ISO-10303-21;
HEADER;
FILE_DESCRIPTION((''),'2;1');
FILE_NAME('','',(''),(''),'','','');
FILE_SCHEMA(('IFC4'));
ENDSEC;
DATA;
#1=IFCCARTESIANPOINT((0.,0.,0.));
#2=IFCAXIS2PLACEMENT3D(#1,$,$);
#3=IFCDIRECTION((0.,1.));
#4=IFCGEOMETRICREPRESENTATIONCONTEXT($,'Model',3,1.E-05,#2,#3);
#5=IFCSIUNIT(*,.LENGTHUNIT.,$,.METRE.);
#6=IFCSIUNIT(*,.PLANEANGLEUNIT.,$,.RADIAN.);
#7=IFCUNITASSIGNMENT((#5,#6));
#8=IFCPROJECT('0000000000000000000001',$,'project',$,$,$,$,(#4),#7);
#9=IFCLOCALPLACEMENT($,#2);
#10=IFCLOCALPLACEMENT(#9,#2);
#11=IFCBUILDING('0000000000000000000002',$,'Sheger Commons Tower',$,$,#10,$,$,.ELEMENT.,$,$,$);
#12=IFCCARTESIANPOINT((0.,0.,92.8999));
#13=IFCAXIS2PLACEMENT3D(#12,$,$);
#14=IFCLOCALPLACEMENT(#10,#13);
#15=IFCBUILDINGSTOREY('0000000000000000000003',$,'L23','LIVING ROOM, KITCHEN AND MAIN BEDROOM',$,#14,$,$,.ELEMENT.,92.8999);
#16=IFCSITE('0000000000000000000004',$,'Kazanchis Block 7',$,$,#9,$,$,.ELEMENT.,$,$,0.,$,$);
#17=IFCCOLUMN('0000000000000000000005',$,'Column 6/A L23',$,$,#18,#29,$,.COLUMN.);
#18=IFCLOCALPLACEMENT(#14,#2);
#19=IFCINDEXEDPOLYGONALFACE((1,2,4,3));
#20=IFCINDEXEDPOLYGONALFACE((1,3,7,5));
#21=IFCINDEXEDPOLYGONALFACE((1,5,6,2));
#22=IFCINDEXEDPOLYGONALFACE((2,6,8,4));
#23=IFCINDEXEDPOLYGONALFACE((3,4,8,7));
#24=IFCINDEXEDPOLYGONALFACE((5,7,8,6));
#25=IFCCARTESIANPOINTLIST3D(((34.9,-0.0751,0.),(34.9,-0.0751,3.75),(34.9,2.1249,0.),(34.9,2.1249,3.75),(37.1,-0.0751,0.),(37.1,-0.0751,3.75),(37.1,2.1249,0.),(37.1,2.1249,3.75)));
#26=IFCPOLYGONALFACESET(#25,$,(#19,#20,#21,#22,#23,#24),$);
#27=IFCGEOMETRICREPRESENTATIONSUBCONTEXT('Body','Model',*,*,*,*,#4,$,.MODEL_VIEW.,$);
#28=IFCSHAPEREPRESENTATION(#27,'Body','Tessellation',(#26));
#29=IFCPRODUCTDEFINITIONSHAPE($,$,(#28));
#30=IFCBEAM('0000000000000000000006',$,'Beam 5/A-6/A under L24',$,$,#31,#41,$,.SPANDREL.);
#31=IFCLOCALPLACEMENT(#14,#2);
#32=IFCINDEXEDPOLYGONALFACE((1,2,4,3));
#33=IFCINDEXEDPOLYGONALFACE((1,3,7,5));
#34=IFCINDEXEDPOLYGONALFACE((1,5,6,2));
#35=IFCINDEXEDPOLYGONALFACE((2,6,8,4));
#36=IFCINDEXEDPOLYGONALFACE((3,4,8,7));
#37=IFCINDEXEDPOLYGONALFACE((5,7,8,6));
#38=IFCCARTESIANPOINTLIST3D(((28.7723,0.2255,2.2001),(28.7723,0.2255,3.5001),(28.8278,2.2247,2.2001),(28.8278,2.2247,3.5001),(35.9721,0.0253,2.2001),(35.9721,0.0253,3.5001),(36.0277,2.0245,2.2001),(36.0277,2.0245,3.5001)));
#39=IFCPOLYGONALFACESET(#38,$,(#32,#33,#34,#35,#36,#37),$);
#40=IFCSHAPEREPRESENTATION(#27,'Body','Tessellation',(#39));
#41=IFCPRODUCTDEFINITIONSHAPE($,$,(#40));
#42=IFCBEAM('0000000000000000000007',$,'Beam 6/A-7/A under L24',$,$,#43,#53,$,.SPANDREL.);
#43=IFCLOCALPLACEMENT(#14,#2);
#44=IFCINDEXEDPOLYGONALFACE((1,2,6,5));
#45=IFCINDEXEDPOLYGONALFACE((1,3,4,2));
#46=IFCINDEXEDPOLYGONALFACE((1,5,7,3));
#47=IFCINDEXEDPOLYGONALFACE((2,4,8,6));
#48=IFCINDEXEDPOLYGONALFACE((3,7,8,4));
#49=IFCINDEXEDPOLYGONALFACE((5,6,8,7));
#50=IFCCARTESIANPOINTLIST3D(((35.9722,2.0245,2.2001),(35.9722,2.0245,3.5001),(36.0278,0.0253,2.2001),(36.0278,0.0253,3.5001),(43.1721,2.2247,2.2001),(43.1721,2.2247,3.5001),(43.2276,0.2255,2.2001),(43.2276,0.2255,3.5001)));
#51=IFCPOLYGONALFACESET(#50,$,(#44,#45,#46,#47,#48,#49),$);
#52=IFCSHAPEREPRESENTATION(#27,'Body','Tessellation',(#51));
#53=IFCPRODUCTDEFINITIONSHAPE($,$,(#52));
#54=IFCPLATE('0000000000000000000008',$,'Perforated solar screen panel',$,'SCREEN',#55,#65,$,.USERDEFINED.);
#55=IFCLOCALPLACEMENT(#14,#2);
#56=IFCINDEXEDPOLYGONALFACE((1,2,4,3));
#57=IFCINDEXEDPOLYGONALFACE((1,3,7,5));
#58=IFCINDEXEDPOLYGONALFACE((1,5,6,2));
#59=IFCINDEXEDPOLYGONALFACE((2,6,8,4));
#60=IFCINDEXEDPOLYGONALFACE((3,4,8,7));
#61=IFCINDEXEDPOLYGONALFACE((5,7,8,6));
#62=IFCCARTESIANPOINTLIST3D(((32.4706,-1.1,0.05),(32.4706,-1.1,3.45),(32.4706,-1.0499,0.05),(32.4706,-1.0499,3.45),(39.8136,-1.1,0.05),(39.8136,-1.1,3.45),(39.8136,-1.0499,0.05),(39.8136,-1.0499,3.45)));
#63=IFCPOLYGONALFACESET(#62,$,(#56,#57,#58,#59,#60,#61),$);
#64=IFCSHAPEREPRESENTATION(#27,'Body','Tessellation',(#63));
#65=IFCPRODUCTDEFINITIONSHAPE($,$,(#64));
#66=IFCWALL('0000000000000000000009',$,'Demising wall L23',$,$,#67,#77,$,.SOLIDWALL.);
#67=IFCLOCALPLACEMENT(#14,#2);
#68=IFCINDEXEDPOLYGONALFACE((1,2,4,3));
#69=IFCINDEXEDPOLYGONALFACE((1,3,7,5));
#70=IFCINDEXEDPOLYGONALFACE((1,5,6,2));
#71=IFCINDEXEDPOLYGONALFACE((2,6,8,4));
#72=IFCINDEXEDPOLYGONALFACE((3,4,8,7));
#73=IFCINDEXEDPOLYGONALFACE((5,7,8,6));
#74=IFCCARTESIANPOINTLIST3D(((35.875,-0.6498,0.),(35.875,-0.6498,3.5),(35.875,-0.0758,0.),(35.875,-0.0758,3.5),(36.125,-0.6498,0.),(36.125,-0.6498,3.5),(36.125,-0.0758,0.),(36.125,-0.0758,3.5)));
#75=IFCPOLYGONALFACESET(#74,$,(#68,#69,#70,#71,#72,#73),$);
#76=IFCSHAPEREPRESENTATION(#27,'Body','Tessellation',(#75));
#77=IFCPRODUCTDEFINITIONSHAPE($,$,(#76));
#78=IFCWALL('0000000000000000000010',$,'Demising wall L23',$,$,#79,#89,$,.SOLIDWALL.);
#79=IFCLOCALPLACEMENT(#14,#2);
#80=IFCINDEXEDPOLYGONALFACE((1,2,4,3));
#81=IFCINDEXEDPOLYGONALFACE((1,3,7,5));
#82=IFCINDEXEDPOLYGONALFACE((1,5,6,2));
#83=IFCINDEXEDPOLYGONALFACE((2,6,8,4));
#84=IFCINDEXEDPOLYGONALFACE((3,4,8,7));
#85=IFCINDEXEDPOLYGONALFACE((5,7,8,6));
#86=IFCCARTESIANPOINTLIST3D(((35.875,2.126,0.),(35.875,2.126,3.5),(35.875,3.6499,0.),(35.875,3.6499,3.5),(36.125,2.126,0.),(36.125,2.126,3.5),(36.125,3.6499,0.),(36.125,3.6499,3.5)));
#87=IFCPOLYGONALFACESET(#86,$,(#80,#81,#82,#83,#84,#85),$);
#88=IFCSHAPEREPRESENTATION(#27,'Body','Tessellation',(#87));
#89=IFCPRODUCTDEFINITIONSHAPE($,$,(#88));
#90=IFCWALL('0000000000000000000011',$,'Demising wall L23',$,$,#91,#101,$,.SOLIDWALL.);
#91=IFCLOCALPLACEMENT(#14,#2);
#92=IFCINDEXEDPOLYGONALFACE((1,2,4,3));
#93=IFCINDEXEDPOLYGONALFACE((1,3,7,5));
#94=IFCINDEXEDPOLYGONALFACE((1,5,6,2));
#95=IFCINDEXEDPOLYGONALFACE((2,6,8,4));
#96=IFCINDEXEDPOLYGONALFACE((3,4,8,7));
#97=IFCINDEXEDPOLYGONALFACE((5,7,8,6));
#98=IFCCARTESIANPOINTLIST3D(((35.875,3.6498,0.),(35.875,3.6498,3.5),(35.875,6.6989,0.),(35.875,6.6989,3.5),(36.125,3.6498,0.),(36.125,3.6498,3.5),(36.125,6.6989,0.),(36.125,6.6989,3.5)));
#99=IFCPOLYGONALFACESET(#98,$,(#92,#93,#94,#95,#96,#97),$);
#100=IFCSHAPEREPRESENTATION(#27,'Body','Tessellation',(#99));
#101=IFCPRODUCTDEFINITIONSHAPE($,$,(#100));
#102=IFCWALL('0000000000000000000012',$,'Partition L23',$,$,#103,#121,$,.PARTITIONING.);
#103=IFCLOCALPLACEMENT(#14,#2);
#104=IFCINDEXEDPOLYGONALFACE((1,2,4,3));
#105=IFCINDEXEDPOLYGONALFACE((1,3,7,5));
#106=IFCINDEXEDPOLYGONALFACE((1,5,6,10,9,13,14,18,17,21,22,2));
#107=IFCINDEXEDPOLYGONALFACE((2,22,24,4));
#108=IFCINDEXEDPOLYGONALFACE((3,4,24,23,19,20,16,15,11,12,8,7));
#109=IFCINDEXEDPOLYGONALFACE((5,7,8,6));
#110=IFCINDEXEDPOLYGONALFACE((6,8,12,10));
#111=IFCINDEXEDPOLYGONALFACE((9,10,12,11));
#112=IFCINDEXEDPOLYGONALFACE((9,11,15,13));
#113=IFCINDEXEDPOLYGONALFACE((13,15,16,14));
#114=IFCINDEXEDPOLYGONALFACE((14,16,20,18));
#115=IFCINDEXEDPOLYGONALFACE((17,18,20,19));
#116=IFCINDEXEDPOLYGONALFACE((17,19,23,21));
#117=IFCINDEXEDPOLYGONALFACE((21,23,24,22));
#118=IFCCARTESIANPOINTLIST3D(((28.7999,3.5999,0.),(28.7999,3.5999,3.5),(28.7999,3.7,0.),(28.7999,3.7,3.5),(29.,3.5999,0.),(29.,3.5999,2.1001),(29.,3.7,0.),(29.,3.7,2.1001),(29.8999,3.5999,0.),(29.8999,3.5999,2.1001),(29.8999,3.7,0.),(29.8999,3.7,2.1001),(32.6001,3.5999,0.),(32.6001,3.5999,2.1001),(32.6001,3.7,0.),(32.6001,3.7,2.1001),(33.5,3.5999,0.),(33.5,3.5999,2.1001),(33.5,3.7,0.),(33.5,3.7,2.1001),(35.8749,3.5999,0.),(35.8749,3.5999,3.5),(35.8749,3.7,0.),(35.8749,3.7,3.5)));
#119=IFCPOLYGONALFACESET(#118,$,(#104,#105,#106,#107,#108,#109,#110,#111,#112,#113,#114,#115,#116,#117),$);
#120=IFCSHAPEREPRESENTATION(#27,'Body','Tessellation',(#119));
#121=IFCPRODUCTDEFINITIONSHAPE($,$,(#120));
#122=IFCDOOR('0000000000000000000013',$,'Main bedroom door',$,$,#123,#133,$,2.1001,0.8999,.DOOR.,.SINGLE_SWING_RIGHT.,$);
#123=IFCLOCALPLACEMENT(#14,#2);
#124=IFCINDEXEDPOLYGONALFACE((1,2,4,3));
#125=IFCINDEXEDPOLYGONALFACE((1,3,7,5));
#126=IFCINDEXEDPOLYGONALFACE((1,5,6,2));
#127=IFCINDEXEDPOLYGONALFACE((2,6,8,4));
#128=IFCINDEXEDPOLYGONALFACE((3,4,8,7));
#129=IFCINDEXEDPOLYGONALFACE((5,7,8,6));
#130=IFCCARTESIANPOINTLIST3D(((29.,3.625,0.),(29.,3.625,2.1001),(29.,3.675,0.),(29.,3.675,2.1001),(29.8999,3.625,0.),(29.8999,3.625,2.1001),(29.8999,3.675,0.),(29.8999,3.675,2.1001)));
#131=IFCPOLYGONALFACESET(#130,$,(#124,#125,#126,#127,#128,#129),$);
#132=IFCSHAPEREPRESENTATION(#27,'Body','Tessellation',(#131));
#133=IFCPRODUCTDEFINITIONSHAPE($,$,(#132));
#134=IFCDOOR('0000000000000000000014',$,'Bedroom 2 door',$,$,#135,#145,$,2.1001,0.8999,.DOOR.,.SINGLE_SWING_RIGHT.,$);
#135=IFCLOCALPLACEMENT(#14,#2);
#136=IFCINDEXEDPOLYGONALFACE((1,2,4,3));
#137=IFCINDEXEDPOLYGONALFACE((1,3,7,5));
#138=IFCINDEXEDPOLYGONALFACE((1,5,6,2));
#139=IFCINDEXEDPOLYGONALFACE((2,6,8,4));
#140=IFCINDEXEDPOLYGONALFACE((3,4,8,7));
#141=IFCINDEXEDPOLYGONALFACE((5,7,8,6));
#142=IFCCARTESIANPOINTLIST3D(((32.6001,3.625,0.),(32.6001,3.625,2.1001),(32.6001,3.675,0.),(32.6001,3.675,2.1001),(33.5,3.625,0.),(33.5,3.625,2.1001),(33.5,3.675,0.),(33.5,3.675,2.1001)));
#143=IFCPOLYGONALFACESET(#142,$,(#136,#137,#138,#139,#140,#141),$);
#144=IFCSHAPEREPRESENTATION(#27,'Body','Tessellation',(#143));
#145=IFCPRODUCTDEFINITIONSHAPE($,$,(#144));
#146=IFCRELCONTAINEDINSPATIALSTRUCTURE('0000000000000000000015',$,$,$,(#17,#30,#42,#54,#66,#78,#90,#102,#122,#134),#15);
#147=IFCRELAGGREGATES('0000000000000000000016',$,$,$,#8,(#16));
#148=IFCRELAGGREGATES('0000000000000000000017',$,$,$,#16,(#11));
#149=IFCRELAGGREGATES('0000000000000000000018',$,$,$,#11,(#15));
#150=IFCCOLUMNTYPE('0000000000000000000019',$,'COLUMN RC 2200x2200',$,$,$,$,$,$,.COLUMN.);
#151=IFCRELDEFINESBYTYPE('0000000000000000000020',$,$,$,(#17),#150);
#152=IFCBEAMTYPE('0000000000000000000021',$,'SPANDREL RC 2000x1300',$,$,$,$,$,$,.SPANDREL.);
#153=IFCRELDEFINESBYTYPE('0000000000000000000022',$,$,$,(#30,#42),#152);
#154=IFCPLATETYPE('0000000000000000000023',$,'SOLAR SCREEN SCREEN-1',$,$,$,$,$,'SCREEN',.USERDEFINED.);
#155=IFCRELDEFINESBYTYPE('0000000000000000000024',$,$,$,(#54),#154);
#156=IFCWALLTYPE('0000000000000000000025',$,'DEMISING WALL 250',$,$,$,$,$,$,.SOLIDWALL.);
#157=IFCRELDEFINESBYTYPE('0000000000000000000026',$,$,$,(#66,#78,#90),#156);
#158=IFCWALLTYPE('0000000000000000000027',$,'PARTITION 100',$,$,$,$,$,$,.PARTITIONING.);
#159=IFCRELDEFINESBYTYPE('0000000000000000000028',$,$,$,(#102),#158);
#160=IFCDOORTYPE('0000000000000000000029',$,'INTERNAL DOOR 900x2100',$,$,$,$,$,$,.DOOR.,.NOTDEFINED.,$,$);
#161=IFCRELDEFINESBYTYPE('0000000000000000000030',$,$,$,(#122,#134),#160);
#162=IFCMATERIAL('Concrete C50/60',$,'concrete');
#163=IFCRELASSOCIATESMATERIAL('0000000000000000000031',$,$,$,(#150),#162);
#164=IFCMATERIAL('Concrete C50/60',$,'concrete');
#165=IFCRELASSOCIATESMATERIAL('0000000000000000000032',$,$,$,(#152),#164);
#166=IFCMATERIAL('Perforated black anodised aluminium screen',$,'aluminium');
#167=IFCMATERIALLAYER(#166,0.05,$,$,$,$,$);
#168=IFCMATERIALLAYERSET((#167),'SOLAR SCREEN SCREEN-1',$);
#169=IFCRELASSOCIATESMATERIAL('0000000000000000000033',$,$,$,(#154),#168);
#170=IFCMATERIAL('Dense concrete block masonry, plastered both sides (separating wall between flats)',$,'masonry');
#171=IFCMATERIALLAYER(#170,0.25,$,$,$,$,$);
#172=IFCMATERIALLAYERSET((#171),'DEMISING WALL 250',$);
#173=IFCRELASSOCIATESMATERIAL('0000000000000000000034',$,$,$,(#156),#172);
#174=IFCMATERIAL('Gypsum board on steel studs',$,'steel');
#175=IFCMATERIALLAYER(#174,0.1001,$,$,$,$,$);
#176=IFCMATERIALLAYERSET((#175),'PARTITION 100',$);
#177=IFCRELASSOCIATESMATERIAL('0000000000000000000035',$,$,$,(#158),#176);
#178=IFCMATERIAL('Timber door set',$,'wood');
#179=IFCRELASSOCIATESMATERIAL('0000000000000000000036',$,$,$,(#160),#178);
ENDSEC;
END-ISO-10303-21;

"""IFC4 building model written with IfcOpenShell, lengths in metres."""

from ifc_helpers import new_model, si_unit, direction, frame, frame_2d, origin, origin_2d, place, context, subcontext, project, spatial, rectangle, extrude, material, layer, layer_set, material_profile, profile_set, type_object, element, fill, save


model = new_model("IFC4")

# Units and contexts
model_context = context("Model", 3, precision=1e-05, world=origin(), true_north=direction((0.0, 1.0)))
body_context = subcontext(model_context, "Body", "Model", "MODEL_VIEW")
ifc_project = project(units=[si_unit("LENGTHUNIT", "METRE"), si_unit("PLANEANGLEUNIT", "RADIAN")], contexts=[model_context])

# Site, building, storey
site_placement = place(None, origin())
site = spatial("IfcSite", under=ifc_project, at=site_placement, Name="Kazanchis Block 7", CompositionType="ELEMENT", RefElevation=0.0)
building_placement = place(site_placement, origin())
building = spatial("IfcBuilding", under=site, at=building_placement, Name="Sheger Commons Tower", CompositionType="ELEMENT")
storey_placement = place(building_placement, frame((0.0, 0.0, 92.8999)))
storey = spatial("IfcBuildingStorey", under=building, at=storey_placement, Name="L23", Description="LIVING ROOM, KITCHEN AND MAIN BEDROOM", CompositionType="ELEMENT", Elevation=92.8999)

# Column
ifc_material_1 = material(Name="Concrete C50/60", Category="concrete")
ifc_material_profile_1 = material_profile(ifc_material_1, rectangle(XDim=2.2, YDim=2.2, at=origin_2d()), Name="RC 2200x2200")
ifc_profile_set_1 = profile_set([ifc_material_profile_1], Name="Concrete C50/60")
column_type = type_object("IfcColumnType", Name="COLUMN RC 2200x2200", PredefinedType="COLUMN", material=ifc_profile_set_1)
column_placement = place(storey_placement, frame((36.0, 1.0249, 0.0), z_axis=(0.0, 0.0, 1.0), x_axis=(1.0, 0.0, 0.0)))
element("IfcColumn", 1, at=column_placement, inside=storey, type_object=column_type, Name="Column 6/A L23", PredefinedType="COLUMN", context=body_context, shape_type="SweptSolid", body=[
    extrude(rectangle(XDim=2.2, YDim=2.2, at=origin_2d()), origin(), (0.0, 0.0, 1.0), 3.75),
])

# Beams
ifc_material_2 = material(Name="Concrete C50/60", Category="concrete")
ifc_material_profile_2 = material_profile(ifc_material_2, rectangle(XDim=2.0, YDim=1.3, at=origin_2d()), Name="RC 2000x1300")
ifc_profile_set_2 = profile_set([ifc_material_profile_2], Name="Concrete C50/60")
beam_type = type_object("IfcBeamType", Name="SPANDREL RC 2000x1300", PredefinedType="SPANDREL", material=ifc_profile_set_2)
for number, where, z_axis, x_axis, name in (
    (2, (28.8, 1.2251, 2.8501), (0.999614, -0.027794, 0.0), (0.027794, 0.999614, 0.0), "Beam 5/A-6/A under L24"),
    (3, (36.0, 1.0249, 2.8501), (0.999614, 0.027794, 0.0), (-0.027794, 0.999614, 0.0), "Beam 6/A-7/A under L24"),
):
    element("IfcBeam", number, at=place(storey_placement, frame(where, z_axis=z_axis, x_axis=x_axis)), inside=storey, type_object=beam_type, Name=name, PredefinedType="SPANDREL", context=body_context, shape_type="SweptSolid", body=[
        extrude(rectangle(XDim=2.0, YDim=1.3, at=origin_2d()), origin(), (0.0, 0.0, 1.0), 7.2026),
    ])

# Plate
ifc_material_3 = material(Name="Perforated black anodised aluminium screen", Category="aluminium")
ifc_layer_1 = layer(ifc_material_3, 0.05)
ifc_layer_set_1 = layer_set([ifc_layer_1], Name="SOLAR SCREEN SCREEN-1")
plate_type = type_object("IfcPlateType", Name="SOLAR SCREEN SCREEN-1", ElementType="SCREEN", PredefinedType="USERDEFINED", material=ifc_layer_set_1)
plate_placement = place(storey_placement, frame((36.1421, -1.075, 0.05), z_axis=(0.0, 0.0, 1.0), x_axis=(1.0, 0.0, 0.0)))
element("IfcPlate", 4, at=plate_placement, inside=storey, type_object=plate_type, Name="Perforated solar screen panel", ObjectType="SCREEN", PredefinedType="USERDEFINED", context=body_context, shape_type="SweptSolid", body=[
    extrude(rectangle(XDim=7.343, YDim=0.05, at=origin_2d()), origin(), (0.0, 0.0, 1.0), 3.3999),
])

# Walls
ifc_material_4 = material(Name="Dense concrete block masonry, plastered both sides (separating wall between flats)", Category="masonry")
ifc_layer_2 = layer(ifc_material_4, 0.25)
ifc_layer_set_2 = layer_set([ifc_layer_2], Name="DEMISING WALL 250")
wall_type_1 = type_object("IfcWallType", Name="DEMISING WALL 250", PredefinedType="SOLIDWALL", material=ifc_layer_set_2)
wall_1_placement = place(storey_placement, frame((36.0, -0.6499, 0.0), z_axis=(0.0, 0.0, 1.0), x_axis=(0.0, 1.0, 0.0)))
element("IfcWall", 5, at=wall_1_placement, inside=storey, type_object=wall_type_1, Name="Demising wall L23", PredefinedType="SOLIDWALL", context=body_context, shape_type="SweptSolid", body=[
    extrude(rectangle(XDim=0.574, YDim=0.25, at=frame_2d((0.2871, 0.0))), origin(), (0.0, 0.0, 1.0), 3.5),
])
wall_2_placement = place(storey_placement, frame((36.0, 2.126, 0.0), z_axis=(0.0, 0.0, 1.0), x_axis=(0.0, 1.0, 0.0)))
element("IfcWall", 6, at=wall_2_placement, inside=storey, type_object=wall_type_1, Name="Demising wall L23", PredefinedType="SOLIDWALL", context=body_context, shape_type="SweptSolid", body=[
    extrude(rectangle(XDim=1.5239, YDim=0.25, at=frame_2d((0.762, 0.0))), origin(), (0.0, 0.0, 1.0), 3.5),
])
wall_3_placement = place(storey_placement, frame((36.0, 3.6499, 0.0), z_axis=(0.0, 0.0, 1.0), x_axis=(0.0, 1.0, 0.0)))
element("IfcWall", 7, at=wall_3_placement, inside=storey, type_object=wall_type_1, Name="Demising wall L23", PredefinedType="SOLIDWALL", context=body_context, shape_type="SweptSolid", body=[
    extrude(rectangle(XDim=3.0491, YDim=0.25, at=frame_2d((1.5244, 0.0))), origin(), (0.0, 0.0, 1.0), 3.5),
])

# Wall, openings, doors
ifc_material_5 = material(Name="Gypsum board on steel studs", Category="steel")
ifc_layer_3 = layer(ifc_material_5, 0.1001)
ifc_layer_set_3 = layer_set([ifc_layer_3], Name="PARTITION 100")
wall_type_2 = type_object("IfcWallType", Name="PARTITION 100", PredefinedType="PARTITIONING", material=ifc_layer_set_3)
wall_4_placement = place(storey_placement, frame((35.875, 3.6499, 0.0), z_axis=(0.0, 0.0, 1.0), x_axis=(-1.0, 0.0, 0.0)))
wall_4 = element("IfcWall", 8, at=wall_4_placement, inside=storey, type_object=wall_type_2, Name="Partition L23", PredefinedType="PARTITIONING", context=body_context, shape_type="SweptSolid", body=[
    extrude(rectangle(XDim=7.075, YDim=0.1001, at=frame_2d((3.5376, 0.0))), origin(), (0.0, 0.0, 1.0), 3.5),
])
opening_1_placement = place(wall_4_placement, frame((5.9751, 0.0, 0.0)))
opening_1 = element("IfcOpeningElement", 9, at=opening_1_placement, cuts=wall_4, PredefinedType="OPENING", context=body_context, shape_type="SweptSolid", body=[
    extrude(rectangle(XDim=0.8999, YDim=2.1001, at=frame_2d((0.45, 1.05))), frame((0.0, 0.0601, 0.0), z_axis=(0.0, -1.0, 0.0), x_axis=(1.0, 0.0, 0.0)), (0.0, 0.0, 1.0), 0.1201),
])
opening_2_placement = place(wall_4_placement, frame((2.375, 0.0, 0.0)))
opening_2 = element("IfcOpeningElement", 10, at=opening_2_placement, cuts=wall_4, PredefinedType="OPENING", context=body_context, shape_type="SweptSolid", body=[
    extrude(rectangle(XDim=0.8999, YDim=2.1001, at=frame_2d((0.45, 1.05))), frame((0.0, 0.0601, 0.0), z_axis=(0.0, -1.0, 0.0), x_axis=(1.0, 0.0, 0.0)), (0.0, 0.0, 1.0), 0.1201),
])
ifc_material_6 = material(Name="Timber door set", Category="wood")
door_type = type_object("IfcDoorType", Name="INTERNAL DOOR 900x2100", OperationType="NOTDEFINED", PredefinedType="DOOR", material=ifc_material_6)
door_1_placement = place(opening_1_placement, origin())
door_1 = element("IfcDoor", 11, at=door_1_placement, inside=storey, type_object=door_type, Name="Main bedroom door", OperationType="SINGLE_SWING_RIGHT", OverallHeight=2.1001, OverallWidth=0.8999, PredefinedType="DOOR", context=body_context, shape_type="SweptSolid", body=[
    extrude(rectangle(XDim=0.8999, YDim=2.1001, at=frame_2d((0.45, 1.05))), frame((0.0, 0.0249, 0.0), z_axis=(0.0, -1.0, 0.0), x_axis=(1.0, 0.0, 0.0)), (0.0, 0.0, 1.0), 0.05),
])
fill(opening_1, door_1)
door_2_placement = place(opening_2_placement, origin())
door_2 = element("IfcDoor", 12, at=door_2_placement, inside=storey, type_object=door_type, Name="Bedroom 2 door", OperationType="SINGLE_SWING_RIGHT", OverallHeight=2.1001, OverallWidth=0.8999, PredefinedType="DOOR", context=body_context, shape_type="SweptSolid", body=[
    extrude(rectangle(XDim=0.8999, YDim=2.1001, at=frame_2d((0.45, 1.05))), frame((0.0, 0.0249, 0.0), z_axis=(0.0, -1.0, 0.0), x_axis=(1.0, 0.0, 0.0)), (0.0, 0.0, 1.0), 0.05),
])
fill(opening_2, door_2)

save(model, "model.ifc")
